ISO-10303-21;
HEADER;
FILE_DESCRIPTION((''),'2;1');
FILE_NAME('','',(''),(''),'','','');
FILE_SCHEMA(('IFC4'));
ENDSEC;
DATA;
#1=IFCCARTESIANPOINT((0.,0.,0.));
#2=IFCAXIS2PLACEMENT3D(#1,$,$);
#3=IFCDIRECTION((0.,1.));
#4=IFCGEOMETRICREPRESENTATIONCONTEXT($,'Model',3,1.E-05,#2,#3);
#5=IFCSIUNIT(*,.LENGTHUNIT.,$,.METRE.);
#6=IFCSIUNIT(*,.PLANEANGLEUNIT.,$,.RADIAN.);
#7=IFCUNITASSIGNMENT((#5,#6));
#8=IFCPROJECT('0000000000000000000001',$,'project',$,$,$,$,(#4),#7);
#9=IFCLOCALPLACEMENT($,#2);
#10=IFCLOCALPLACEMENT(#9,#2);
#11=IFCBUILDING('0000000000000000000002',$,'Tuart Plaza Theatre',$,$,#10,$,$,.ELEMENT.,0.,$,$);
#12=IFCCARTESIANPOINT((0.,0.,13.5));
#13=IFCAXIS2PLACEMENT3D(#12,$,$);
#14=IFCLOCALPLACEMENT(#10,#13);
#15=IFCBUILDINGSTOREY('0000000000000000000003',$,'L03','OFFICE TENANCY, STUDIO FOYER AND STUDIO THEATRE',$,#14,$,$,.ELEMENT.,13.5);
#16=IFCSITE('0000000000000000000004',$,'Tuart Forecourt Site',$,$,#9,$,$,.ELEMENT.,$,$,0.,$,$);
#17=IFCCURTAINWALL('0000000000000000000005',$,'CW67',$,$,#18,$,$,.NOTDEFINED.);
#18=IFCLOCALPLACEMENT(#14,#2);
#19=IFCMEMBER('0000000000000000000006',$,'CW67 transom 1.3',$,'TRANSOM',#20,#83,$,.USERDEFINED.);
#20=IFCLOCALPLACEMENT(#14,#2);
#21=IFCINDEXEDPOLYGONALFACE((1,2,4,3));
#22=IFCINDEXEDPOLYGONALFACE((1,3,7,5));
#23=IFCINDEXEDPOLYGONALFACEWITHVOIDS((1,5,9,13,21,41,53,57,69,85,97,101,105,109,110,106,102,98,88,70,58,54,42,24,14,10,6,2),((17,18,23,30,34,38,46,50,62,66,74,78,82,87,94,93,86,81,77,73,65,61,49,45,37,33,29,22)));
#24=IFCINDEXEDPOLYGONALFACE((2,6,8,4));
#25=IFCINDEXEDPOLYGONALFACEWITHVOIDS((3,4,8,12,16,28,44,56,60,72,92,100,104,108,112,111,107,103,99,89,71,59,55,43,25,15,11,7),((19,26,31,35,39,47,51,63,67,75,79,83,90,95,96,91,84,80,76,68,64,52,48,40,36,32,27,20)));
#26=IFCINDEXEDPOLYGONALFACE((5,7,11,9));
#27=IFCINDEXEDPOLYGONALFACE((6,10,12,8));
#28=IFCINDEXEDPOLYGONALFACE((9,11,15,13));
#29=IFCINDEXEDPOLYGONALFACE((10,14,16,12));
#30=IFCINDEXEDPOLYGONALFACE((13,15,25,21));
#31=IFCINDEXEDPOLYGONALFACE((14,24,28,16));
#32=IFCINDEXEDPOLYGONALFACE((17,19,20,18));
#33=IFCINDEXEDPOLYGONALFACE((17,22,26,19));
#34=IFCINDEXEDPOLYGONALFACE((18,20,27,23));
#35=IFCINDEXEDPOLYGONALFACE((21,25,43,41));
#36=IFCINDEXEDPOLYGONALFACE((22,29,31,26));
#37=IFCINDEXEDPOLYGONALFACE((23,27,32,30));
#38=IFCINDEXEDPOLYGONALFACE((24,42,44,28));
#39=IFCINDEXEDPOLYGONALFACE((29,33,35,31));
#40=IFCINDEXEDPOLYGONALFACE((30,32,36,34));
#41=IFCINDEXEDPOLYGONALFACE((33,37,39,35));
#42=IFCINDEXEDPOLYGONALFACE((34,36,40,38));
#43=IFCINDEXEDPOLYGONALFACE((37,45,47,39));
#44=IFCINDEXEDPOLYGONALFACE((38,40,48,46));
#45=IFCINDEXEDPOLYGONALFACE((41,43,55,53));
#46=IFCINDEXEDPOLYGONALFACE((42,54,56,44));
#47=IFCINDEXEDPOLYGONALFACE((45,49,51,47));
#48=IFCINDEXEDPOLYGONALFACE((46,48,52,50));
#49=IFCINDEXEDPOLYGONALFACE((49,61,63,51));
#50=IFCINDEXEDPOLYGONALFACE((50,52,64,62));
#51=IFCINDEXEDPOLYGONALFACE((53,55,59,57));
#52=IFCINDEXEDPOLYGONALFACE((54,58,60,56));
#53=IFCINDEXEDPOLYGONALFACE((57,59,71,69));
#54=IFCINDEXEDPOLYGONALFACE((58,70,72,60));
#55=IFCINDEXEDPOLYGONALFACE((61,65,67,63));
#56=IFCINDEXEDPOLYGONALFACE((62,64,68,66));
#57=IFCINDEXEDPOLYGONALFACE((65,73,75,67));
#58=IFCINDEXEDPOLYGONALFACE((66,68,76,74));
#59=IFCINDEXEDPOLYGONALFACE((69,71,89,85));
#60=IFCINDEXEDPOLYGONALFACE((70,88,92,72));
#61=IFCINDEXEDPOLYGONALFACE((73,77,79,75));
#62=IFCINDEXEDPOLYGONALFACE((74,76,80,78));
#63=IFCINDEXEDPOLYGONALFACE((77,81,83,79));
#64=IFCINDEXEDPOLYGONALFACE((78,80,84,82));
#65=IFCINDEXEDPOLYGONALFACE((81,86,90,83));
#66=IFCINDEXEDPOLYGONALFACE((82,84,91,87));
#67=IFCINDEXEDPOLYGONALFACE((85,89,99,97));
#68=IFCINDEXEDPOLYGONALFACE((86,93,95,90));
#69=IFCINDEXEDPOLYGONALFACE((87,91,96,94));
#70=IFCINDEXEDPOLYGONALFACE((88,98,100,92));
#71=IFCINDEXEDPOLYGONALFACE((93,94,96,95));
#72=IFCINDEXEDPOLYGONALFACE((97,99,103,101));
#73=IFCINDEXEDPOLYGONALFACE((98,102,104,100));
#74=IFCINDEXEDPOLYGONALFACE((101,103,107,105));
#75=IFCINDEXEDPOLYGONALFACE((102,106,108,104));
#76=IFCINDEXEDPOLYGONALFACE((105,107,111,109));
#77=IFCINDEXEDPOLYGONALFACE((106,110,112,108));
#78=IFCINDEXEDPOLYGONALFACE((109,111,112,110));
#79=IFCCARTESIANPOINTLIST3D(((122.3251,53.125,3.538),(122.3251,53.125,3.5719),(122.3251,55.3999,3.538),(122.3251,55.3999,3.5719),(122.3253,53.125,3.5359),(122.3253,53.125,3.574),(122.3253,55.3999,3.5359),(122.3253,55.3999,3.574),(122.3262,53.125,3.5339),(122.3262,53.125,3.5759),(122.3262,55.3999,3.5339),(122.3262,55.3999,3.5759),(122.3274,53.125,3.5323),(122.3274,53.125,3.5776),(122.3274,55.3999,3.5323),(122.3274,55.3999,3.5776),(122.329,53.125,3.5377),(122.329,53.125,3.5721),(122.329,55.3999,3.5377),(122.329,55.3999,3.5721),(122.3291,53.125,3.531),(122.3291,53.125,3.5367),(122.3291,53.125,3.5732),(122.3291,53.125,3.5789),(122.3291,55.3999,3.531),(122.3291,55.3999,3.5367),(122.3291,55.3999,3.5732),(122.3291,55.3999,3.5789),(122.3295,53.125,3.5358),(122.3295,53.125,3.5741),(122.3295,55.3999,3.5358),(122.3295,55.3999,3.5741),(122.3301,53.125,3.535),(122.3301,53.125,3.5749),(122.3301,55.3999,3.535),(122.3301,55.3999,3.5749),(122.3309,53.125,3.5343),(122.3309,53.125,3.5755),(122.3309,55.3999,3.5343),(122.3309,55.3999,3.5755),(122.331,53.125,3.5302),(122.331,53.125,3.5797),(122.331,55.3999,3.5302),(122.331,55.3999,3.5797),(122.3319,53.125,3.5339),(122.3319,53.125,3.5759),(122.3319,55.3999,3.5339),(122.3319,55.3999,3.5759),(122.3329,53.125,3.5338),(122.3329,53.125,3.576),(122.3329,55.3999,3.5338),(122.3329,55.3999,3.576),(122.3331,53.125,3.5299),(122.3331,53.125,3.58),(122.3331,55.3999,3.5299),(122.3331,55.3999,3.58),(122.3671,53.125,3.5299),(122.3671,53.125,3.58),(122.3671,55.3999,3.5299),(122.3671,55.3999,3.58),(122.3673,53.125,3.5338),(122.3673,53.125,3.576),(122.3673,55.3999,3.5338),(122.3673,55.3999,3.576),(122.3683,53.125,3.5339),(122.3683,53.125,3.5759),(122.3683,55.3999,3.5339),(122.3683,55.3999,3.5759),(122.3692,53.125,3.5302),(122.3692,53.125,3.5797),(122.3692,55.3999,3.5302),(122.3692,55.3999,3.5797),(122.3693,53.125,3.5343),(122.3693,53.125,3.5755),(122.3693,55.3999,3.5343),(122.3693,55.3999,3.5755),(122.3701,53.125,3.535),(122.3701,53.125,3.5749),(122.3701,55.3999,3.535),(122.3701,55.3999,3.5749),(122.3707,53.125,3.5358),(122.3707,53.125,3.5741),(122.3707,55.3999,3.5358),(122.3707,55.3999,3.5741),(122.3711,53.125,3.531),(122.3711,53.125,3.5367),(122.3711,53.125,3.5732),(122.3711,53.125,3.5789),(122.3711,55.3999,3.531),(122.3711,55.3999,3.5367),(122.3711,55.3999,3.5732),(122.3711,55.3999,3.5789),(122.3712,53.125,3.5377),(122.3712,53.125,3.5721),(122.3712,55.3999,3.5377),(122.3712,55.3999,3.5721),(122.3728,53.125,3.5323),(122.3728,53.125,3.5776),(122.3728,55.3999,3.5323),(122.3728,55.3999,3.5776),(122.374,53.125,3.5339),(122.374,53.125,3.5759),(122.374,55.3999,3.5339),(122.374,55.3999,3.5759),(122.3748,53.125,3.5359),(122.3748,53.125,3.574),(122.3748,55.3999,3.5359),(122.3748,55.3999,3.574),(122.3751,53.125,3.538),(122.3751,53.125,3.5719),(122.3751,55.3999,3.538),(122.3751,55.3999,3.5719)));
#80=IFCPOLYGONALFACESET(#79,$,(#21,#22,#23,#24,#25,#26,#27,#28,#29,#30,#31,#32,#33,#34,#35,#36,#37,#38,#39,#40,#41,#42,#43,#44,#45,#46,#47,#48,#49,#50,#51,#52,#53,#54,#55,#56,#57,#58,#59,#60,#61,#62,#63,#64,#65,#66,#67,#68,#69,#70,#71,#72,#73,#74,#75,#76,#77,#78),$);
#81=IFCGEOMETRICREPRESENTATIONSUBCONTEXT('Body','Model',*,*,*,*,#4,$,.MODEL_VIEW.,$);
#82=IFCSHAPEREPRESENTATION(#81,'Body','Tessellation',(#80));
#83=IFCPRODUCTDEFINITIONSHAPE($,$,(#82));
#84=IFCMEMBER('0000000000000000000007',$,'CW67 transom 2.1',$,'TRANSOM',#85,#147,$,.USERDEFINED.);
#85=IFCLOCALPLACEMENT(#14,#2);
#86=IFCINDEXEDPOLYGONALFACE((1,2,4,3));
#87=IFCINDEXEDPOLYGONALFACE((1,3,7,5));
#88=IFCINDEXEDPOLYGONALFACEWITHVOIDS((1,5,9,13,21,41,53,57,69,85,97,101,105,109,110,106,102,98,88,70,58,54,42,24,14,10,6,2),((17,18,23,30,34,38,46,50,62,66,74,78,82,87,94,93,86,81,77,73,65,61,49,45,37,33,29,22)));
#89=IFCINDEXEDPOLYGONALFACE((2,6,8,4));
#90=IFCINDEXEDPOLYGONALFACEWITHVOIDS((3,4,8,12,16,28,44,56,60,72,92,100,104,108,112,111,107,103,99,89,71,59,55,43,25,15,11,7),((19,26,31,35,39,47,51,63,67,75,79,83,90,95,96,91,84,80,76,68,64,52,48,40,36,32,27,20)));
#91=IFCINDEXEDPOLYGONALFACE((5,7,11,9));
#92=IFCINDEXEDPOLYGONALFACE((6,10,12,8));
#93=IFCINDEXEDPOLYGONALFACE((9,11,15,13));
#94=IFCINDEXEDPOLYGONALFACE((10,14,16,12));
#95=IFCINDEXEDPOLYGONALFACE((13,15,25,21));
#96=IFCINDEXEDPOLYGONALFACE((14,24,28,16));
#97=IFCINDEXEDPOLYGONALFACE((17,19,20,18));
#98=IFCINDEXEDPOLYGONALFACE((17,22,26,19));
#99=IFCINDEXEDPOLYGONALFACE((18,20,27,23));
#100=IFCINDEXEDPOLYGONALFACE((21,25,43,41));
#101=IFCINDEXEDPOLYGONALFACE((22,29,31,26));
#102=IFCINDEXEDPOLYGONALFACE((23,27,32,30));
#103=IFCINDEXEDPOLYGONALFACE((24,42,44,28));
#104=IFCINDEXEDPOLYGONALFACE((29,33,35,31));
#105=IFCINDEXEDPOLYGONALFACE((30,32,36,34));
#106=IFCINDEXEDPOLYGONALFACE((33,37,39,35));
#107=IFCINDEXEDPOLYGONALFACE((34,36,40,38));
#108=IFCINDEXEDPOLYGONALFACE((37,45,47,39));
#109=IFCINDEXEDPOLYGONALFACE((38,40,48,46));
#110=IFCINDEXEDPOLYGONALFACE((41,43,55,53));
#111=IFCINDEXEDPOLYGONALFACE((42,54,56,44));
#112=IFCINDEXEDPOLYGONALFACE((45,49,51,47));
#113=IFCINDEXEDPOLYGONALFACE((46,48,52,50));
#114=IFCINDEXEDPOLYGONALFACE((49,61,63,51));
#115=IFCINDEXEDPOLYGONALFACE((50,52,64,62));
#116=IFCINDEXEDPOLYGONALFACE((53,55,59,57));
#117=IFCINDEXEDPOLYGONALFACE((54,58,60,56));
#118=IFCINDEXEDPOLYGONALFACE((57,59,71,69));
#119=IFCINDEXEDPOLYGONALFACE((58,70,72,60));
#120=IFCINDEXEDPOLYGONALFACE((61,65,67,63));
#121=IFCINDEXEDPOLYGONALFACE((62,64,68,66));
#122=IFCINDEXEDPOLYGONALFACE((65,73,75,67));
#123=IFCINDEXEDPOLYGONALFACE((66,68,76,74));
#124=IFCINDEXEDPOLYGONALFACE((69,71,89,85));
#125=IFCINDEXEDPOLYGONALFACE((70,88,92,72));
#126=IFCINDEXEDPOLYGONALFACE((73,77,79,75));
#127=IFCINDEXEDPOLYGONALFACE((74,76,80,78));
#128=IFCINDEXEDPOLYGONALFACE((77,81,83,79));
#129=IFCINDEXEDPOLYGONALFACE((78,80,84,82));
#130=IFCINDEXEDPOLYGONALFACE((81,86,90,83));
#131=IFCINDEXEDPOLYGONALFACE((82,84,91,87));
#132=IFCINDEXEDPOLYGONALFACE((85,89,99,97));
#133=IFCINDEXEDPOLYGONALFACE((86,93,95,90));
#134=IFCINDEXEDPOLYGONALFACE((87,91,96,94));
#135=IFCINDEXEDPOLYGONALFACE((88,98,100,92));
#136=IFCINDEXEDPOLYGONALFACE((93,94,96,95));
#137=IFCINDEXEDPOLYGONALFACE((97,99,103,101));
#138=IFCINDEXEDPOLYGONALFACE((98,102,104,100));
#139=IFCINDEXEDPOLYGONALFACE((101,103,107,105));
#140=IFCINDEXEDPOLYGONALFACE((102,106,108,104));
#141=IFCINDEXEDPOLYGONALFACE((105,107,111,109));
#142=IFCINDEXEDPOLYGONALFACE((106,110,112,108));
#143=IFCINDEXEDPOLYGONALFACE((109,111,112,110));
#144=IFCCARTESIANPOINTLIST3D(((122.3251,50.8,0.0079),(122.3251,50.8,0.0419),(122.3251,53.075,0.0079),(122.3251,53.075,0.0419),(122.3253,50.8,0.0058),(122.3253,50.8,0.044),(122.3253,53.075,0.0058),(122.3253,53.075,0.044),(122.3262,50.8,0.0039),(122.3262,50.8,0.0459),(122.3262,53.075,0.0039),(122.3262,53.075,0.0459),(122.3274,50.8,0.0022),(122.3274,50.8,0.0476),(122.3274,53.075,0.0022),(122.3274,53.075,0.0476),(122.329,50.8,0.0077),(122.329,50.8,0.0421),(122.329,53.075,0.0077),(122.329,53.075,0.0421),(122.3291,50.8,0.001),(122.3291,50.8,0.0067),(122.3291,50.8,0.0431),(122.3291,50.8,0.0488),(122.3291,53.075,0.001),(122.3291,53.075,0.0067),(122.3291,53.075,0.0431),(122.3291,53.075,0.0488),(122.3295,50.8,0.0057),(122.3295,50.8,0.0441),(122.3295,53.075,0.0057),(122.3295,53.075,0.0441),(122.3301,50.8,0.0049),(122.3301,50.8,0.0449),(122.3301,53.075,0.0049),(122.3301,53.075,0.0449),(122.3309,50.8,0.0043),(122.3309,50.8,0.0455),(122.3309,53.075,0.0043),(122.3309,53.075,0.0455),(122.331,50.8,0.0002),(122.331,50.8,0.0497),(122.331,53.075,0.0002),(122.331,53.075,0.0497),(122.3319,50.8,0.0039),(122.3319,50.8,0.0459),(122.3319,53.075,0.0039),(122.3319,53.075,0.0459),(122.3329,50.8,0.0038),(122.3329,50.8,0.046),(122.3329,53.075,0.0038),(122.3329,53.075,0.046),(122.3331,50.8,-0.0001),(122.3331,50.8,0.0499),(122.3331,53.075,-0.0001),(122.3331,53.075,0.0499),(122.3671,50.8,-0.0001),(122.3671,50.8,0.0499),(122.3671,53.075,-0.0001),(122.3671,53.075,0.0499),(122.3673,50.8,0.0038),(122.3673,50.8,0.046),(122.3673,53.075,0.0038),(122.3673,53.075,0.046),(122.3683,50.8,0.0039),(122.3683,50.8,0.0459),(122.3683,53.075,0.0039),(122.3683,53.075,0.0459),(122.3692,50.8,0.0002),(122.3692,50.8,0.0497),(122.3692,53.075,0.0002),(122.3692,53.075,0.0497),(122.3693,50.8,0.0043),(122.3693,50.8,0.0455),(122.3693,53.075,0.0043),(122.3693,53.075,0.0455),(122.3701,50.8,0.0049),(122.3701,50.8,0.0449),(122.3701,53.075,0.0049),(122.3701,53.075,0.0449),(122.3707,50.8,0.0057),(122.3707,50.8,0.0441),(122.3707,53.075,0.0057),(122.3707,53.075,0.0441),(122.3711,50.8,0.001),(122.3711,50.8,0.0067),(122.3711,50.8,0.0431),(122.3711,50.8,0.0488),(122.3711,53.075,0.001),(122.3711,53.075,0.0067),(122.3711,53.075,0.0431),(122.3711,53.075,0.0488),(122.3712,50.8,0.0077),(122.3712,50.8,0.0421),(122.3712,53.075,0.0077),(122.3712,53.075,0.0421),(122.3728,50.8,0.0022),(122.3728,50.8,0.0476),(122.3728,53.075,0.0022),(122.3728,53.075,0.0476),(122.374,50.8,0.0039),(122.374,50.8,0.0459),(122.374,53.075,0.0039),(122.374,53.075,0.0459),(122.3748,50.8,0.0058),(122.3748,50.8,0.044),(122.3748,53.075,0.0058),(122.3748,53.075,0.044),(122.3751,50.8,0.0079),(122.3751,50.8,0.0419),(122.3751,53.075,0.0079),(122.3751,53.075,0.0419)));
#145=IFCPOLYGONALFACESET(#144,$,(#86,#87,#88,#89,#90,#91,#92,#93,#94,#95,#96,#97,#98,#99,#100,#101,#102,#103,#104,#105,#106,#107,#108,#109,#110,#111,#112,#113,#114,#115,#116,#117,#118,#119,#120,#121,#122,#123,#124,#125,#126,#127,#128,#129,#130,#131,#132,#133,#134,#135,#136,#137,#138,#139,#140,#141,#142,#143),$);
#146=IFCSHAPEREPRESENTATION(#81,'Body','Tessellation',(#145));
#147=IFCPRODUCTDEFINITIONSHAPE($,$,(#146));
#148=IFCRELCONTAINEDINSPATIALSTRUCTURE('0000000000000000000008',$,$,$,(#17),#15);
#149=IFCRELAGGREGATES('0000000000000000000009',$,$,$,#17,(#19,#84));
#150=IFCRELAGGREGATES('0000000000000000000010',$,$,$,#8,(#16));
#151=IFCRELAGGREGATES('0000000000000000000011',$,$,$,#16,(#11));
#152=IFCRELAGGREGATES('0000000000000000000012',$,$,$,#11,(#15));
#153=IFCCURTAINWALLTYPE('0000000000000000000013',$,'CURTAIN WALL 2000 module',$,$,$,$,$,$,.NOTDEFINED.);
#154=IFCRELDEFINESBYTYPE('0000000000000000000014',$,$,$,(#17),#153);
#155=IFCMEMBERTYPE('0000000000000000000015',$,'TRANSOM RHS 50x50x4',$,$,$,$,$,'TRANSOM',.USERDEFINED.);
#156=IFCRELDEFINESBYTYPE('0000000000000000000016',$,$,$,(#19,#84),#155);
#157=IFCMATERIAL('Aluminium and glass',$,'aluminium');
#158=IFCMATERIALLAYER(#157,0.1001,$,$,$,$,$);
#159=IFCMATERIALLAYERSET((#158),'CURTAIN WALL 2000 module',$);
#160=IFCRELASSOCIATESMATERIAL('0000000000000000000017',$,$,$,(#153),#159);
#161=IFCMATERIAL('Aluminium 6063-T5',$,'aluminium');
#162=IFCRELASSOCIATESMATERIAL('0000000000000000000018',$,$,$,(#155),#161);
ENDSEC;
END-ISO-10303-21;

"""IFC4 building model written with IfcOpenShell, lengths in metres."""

from ifc_helpers import new_model, si_unit, direction, frame, origin, origin_2d, place, context, subcontext, project, spatial, hollow_rectangle, extrude, material, layer, layer_set, material_profile, profile_set, type_object, element, aggregate, save


model = new_model("IFC4")

# Units and contexts
model_context = context("Model", 3, precision=1e-05, world=origin(), true_north=direction((0.0, 1.0)))
body_context = subcontext(model_context, "Body", "Model", "MODEL_VIEW")
ifc_project = project(units=[si_unit("LENGTHUNIT", "METRE"), si_unit("PLANEANGLEUNIT", "RADIAN")], contexts=[model_context])

# Site, building, storey
site_placement = place(None, origin())
site = spatial("IfcSite", under=ifc_project, at=site_placement, Name="Tuart Forecourt Site", CompositionType="ELEMENT", RefElevation=0.0)
building_placement = place(site_placement, origin())
building = spatial("IfcBuilding", under=site, at=building_placement, Name="Tuart Plaza Theatre", CompositionType="ELEMENT", ElevationOfRefHeight=0.0)
storey_placement = place(building_placement, frame((0.0, 0.0, 13.5)))
storey = spatial("IfcBuildingStorey", under=building, at=storey_placement, Name="L03", Description="OFFICE TENANCY, STUDIO FOYER AND STUDIO THEATRE", CompositionType="ELEMENT", Elevation=13.5)

# Curtain wall
ifc_material_1 = material(Name="Aluminium and glass", Category="aluminium")
ifc_layer_1 = layer(ifc_material_1, 0.1001)
ifc_layer_set_1 = layer_set([ifc_layer_1], Name="CURTAIN WALL 2000 module")
curtain_wall_type = type_object("IfcCurtainWallType", Name="CURTAIN WALL 2000 module", PredefinedType="NOTDEFINED", material=ifc_layer_set_1)
curtain_wall_1_placement = place(storey_placement, origin())
curtain_wall_1 = element("IfcCurtainWall", 1, at=curtain_wall_1_placement, inside=storey, type_object=curtain_wall_type, Name="CW67", PredefinedType="NOTDEFINED")

# Members
ifc_material_2 = material(Name="Aluminium 6063-T5", Category="aluminium")
ifc_material_profile_1 = material_profile(ifc_material_2, hollow_rectangle(XDim=0.05, YDim=0.05, WallThickness=0.0039, InnerFilletRadius=0.0039, OuterFilletRadius=0.0081, at=origin_2d()), Name="RHS 50x50x4")
ifc_profile_set_1 = profile_set([ifc_material_profile_1], Name="Aluminium 6063-T5")
member_type_1 = type_object("IfcMemberType", Name="TRANSOM RHS 50x50x4", ElementType="TRANSOM", PredefinedType="USERDEFINED", material=ifc_profile_set_1)
member_1_placement = place(storey_placement, frame((122.3501, 55.3999, 3.5549), z_axis=(0.0, -1.0, 0.0), x_axis=(1.0, 0.0, 0.0)))
member_1 = element("IfcMember", 2, at=member_1_placement, type_object=member_type_1, Name="CW67 transom 1.3", ObjectType="TRANSOM", PredefinedType="USERDEFINED", context=body_context, shape_type="SweptSolid", body=[
    extrude(hollow_rectangle(XDim=0.05, YDim=0.05, WallThickness=0.0039, InnerFilletRadius=0.0039, OuterFilletRadius=0.0081, at=origin_2d()), origin(), (0.0, 0.0, 1.0), 2.2749),
])
member_2_placement = place(storey_placement, frame((122.3501, 53.075, 0.0249), z_axis=(0.0, -1.0, 0.0), x_axis=(1.0, 0.0, 0.0)))
member_2 = element("IfcMember", 3, at=member_2_placement, type_object=member_type_1, Name="CW67 transom 2.1", ObjectType="TRANSOM", PredefinedType="USERDEFINED", context=body_context, shape_type="SweptSolid", body=[
    extrude(hollow_rectangle(XDim=0.05, YDim=0.05, WallThickness=0.0039, InnerFilletRadius=0.0039, OuterFilletRadius=0.0081, at=origin_2d()), origin(), (0.0, 0.0, 1.0), 2.2749),
])

aggregate(curtain_wall_1, [member_1, member_2])

save(model, "model.ifc")
